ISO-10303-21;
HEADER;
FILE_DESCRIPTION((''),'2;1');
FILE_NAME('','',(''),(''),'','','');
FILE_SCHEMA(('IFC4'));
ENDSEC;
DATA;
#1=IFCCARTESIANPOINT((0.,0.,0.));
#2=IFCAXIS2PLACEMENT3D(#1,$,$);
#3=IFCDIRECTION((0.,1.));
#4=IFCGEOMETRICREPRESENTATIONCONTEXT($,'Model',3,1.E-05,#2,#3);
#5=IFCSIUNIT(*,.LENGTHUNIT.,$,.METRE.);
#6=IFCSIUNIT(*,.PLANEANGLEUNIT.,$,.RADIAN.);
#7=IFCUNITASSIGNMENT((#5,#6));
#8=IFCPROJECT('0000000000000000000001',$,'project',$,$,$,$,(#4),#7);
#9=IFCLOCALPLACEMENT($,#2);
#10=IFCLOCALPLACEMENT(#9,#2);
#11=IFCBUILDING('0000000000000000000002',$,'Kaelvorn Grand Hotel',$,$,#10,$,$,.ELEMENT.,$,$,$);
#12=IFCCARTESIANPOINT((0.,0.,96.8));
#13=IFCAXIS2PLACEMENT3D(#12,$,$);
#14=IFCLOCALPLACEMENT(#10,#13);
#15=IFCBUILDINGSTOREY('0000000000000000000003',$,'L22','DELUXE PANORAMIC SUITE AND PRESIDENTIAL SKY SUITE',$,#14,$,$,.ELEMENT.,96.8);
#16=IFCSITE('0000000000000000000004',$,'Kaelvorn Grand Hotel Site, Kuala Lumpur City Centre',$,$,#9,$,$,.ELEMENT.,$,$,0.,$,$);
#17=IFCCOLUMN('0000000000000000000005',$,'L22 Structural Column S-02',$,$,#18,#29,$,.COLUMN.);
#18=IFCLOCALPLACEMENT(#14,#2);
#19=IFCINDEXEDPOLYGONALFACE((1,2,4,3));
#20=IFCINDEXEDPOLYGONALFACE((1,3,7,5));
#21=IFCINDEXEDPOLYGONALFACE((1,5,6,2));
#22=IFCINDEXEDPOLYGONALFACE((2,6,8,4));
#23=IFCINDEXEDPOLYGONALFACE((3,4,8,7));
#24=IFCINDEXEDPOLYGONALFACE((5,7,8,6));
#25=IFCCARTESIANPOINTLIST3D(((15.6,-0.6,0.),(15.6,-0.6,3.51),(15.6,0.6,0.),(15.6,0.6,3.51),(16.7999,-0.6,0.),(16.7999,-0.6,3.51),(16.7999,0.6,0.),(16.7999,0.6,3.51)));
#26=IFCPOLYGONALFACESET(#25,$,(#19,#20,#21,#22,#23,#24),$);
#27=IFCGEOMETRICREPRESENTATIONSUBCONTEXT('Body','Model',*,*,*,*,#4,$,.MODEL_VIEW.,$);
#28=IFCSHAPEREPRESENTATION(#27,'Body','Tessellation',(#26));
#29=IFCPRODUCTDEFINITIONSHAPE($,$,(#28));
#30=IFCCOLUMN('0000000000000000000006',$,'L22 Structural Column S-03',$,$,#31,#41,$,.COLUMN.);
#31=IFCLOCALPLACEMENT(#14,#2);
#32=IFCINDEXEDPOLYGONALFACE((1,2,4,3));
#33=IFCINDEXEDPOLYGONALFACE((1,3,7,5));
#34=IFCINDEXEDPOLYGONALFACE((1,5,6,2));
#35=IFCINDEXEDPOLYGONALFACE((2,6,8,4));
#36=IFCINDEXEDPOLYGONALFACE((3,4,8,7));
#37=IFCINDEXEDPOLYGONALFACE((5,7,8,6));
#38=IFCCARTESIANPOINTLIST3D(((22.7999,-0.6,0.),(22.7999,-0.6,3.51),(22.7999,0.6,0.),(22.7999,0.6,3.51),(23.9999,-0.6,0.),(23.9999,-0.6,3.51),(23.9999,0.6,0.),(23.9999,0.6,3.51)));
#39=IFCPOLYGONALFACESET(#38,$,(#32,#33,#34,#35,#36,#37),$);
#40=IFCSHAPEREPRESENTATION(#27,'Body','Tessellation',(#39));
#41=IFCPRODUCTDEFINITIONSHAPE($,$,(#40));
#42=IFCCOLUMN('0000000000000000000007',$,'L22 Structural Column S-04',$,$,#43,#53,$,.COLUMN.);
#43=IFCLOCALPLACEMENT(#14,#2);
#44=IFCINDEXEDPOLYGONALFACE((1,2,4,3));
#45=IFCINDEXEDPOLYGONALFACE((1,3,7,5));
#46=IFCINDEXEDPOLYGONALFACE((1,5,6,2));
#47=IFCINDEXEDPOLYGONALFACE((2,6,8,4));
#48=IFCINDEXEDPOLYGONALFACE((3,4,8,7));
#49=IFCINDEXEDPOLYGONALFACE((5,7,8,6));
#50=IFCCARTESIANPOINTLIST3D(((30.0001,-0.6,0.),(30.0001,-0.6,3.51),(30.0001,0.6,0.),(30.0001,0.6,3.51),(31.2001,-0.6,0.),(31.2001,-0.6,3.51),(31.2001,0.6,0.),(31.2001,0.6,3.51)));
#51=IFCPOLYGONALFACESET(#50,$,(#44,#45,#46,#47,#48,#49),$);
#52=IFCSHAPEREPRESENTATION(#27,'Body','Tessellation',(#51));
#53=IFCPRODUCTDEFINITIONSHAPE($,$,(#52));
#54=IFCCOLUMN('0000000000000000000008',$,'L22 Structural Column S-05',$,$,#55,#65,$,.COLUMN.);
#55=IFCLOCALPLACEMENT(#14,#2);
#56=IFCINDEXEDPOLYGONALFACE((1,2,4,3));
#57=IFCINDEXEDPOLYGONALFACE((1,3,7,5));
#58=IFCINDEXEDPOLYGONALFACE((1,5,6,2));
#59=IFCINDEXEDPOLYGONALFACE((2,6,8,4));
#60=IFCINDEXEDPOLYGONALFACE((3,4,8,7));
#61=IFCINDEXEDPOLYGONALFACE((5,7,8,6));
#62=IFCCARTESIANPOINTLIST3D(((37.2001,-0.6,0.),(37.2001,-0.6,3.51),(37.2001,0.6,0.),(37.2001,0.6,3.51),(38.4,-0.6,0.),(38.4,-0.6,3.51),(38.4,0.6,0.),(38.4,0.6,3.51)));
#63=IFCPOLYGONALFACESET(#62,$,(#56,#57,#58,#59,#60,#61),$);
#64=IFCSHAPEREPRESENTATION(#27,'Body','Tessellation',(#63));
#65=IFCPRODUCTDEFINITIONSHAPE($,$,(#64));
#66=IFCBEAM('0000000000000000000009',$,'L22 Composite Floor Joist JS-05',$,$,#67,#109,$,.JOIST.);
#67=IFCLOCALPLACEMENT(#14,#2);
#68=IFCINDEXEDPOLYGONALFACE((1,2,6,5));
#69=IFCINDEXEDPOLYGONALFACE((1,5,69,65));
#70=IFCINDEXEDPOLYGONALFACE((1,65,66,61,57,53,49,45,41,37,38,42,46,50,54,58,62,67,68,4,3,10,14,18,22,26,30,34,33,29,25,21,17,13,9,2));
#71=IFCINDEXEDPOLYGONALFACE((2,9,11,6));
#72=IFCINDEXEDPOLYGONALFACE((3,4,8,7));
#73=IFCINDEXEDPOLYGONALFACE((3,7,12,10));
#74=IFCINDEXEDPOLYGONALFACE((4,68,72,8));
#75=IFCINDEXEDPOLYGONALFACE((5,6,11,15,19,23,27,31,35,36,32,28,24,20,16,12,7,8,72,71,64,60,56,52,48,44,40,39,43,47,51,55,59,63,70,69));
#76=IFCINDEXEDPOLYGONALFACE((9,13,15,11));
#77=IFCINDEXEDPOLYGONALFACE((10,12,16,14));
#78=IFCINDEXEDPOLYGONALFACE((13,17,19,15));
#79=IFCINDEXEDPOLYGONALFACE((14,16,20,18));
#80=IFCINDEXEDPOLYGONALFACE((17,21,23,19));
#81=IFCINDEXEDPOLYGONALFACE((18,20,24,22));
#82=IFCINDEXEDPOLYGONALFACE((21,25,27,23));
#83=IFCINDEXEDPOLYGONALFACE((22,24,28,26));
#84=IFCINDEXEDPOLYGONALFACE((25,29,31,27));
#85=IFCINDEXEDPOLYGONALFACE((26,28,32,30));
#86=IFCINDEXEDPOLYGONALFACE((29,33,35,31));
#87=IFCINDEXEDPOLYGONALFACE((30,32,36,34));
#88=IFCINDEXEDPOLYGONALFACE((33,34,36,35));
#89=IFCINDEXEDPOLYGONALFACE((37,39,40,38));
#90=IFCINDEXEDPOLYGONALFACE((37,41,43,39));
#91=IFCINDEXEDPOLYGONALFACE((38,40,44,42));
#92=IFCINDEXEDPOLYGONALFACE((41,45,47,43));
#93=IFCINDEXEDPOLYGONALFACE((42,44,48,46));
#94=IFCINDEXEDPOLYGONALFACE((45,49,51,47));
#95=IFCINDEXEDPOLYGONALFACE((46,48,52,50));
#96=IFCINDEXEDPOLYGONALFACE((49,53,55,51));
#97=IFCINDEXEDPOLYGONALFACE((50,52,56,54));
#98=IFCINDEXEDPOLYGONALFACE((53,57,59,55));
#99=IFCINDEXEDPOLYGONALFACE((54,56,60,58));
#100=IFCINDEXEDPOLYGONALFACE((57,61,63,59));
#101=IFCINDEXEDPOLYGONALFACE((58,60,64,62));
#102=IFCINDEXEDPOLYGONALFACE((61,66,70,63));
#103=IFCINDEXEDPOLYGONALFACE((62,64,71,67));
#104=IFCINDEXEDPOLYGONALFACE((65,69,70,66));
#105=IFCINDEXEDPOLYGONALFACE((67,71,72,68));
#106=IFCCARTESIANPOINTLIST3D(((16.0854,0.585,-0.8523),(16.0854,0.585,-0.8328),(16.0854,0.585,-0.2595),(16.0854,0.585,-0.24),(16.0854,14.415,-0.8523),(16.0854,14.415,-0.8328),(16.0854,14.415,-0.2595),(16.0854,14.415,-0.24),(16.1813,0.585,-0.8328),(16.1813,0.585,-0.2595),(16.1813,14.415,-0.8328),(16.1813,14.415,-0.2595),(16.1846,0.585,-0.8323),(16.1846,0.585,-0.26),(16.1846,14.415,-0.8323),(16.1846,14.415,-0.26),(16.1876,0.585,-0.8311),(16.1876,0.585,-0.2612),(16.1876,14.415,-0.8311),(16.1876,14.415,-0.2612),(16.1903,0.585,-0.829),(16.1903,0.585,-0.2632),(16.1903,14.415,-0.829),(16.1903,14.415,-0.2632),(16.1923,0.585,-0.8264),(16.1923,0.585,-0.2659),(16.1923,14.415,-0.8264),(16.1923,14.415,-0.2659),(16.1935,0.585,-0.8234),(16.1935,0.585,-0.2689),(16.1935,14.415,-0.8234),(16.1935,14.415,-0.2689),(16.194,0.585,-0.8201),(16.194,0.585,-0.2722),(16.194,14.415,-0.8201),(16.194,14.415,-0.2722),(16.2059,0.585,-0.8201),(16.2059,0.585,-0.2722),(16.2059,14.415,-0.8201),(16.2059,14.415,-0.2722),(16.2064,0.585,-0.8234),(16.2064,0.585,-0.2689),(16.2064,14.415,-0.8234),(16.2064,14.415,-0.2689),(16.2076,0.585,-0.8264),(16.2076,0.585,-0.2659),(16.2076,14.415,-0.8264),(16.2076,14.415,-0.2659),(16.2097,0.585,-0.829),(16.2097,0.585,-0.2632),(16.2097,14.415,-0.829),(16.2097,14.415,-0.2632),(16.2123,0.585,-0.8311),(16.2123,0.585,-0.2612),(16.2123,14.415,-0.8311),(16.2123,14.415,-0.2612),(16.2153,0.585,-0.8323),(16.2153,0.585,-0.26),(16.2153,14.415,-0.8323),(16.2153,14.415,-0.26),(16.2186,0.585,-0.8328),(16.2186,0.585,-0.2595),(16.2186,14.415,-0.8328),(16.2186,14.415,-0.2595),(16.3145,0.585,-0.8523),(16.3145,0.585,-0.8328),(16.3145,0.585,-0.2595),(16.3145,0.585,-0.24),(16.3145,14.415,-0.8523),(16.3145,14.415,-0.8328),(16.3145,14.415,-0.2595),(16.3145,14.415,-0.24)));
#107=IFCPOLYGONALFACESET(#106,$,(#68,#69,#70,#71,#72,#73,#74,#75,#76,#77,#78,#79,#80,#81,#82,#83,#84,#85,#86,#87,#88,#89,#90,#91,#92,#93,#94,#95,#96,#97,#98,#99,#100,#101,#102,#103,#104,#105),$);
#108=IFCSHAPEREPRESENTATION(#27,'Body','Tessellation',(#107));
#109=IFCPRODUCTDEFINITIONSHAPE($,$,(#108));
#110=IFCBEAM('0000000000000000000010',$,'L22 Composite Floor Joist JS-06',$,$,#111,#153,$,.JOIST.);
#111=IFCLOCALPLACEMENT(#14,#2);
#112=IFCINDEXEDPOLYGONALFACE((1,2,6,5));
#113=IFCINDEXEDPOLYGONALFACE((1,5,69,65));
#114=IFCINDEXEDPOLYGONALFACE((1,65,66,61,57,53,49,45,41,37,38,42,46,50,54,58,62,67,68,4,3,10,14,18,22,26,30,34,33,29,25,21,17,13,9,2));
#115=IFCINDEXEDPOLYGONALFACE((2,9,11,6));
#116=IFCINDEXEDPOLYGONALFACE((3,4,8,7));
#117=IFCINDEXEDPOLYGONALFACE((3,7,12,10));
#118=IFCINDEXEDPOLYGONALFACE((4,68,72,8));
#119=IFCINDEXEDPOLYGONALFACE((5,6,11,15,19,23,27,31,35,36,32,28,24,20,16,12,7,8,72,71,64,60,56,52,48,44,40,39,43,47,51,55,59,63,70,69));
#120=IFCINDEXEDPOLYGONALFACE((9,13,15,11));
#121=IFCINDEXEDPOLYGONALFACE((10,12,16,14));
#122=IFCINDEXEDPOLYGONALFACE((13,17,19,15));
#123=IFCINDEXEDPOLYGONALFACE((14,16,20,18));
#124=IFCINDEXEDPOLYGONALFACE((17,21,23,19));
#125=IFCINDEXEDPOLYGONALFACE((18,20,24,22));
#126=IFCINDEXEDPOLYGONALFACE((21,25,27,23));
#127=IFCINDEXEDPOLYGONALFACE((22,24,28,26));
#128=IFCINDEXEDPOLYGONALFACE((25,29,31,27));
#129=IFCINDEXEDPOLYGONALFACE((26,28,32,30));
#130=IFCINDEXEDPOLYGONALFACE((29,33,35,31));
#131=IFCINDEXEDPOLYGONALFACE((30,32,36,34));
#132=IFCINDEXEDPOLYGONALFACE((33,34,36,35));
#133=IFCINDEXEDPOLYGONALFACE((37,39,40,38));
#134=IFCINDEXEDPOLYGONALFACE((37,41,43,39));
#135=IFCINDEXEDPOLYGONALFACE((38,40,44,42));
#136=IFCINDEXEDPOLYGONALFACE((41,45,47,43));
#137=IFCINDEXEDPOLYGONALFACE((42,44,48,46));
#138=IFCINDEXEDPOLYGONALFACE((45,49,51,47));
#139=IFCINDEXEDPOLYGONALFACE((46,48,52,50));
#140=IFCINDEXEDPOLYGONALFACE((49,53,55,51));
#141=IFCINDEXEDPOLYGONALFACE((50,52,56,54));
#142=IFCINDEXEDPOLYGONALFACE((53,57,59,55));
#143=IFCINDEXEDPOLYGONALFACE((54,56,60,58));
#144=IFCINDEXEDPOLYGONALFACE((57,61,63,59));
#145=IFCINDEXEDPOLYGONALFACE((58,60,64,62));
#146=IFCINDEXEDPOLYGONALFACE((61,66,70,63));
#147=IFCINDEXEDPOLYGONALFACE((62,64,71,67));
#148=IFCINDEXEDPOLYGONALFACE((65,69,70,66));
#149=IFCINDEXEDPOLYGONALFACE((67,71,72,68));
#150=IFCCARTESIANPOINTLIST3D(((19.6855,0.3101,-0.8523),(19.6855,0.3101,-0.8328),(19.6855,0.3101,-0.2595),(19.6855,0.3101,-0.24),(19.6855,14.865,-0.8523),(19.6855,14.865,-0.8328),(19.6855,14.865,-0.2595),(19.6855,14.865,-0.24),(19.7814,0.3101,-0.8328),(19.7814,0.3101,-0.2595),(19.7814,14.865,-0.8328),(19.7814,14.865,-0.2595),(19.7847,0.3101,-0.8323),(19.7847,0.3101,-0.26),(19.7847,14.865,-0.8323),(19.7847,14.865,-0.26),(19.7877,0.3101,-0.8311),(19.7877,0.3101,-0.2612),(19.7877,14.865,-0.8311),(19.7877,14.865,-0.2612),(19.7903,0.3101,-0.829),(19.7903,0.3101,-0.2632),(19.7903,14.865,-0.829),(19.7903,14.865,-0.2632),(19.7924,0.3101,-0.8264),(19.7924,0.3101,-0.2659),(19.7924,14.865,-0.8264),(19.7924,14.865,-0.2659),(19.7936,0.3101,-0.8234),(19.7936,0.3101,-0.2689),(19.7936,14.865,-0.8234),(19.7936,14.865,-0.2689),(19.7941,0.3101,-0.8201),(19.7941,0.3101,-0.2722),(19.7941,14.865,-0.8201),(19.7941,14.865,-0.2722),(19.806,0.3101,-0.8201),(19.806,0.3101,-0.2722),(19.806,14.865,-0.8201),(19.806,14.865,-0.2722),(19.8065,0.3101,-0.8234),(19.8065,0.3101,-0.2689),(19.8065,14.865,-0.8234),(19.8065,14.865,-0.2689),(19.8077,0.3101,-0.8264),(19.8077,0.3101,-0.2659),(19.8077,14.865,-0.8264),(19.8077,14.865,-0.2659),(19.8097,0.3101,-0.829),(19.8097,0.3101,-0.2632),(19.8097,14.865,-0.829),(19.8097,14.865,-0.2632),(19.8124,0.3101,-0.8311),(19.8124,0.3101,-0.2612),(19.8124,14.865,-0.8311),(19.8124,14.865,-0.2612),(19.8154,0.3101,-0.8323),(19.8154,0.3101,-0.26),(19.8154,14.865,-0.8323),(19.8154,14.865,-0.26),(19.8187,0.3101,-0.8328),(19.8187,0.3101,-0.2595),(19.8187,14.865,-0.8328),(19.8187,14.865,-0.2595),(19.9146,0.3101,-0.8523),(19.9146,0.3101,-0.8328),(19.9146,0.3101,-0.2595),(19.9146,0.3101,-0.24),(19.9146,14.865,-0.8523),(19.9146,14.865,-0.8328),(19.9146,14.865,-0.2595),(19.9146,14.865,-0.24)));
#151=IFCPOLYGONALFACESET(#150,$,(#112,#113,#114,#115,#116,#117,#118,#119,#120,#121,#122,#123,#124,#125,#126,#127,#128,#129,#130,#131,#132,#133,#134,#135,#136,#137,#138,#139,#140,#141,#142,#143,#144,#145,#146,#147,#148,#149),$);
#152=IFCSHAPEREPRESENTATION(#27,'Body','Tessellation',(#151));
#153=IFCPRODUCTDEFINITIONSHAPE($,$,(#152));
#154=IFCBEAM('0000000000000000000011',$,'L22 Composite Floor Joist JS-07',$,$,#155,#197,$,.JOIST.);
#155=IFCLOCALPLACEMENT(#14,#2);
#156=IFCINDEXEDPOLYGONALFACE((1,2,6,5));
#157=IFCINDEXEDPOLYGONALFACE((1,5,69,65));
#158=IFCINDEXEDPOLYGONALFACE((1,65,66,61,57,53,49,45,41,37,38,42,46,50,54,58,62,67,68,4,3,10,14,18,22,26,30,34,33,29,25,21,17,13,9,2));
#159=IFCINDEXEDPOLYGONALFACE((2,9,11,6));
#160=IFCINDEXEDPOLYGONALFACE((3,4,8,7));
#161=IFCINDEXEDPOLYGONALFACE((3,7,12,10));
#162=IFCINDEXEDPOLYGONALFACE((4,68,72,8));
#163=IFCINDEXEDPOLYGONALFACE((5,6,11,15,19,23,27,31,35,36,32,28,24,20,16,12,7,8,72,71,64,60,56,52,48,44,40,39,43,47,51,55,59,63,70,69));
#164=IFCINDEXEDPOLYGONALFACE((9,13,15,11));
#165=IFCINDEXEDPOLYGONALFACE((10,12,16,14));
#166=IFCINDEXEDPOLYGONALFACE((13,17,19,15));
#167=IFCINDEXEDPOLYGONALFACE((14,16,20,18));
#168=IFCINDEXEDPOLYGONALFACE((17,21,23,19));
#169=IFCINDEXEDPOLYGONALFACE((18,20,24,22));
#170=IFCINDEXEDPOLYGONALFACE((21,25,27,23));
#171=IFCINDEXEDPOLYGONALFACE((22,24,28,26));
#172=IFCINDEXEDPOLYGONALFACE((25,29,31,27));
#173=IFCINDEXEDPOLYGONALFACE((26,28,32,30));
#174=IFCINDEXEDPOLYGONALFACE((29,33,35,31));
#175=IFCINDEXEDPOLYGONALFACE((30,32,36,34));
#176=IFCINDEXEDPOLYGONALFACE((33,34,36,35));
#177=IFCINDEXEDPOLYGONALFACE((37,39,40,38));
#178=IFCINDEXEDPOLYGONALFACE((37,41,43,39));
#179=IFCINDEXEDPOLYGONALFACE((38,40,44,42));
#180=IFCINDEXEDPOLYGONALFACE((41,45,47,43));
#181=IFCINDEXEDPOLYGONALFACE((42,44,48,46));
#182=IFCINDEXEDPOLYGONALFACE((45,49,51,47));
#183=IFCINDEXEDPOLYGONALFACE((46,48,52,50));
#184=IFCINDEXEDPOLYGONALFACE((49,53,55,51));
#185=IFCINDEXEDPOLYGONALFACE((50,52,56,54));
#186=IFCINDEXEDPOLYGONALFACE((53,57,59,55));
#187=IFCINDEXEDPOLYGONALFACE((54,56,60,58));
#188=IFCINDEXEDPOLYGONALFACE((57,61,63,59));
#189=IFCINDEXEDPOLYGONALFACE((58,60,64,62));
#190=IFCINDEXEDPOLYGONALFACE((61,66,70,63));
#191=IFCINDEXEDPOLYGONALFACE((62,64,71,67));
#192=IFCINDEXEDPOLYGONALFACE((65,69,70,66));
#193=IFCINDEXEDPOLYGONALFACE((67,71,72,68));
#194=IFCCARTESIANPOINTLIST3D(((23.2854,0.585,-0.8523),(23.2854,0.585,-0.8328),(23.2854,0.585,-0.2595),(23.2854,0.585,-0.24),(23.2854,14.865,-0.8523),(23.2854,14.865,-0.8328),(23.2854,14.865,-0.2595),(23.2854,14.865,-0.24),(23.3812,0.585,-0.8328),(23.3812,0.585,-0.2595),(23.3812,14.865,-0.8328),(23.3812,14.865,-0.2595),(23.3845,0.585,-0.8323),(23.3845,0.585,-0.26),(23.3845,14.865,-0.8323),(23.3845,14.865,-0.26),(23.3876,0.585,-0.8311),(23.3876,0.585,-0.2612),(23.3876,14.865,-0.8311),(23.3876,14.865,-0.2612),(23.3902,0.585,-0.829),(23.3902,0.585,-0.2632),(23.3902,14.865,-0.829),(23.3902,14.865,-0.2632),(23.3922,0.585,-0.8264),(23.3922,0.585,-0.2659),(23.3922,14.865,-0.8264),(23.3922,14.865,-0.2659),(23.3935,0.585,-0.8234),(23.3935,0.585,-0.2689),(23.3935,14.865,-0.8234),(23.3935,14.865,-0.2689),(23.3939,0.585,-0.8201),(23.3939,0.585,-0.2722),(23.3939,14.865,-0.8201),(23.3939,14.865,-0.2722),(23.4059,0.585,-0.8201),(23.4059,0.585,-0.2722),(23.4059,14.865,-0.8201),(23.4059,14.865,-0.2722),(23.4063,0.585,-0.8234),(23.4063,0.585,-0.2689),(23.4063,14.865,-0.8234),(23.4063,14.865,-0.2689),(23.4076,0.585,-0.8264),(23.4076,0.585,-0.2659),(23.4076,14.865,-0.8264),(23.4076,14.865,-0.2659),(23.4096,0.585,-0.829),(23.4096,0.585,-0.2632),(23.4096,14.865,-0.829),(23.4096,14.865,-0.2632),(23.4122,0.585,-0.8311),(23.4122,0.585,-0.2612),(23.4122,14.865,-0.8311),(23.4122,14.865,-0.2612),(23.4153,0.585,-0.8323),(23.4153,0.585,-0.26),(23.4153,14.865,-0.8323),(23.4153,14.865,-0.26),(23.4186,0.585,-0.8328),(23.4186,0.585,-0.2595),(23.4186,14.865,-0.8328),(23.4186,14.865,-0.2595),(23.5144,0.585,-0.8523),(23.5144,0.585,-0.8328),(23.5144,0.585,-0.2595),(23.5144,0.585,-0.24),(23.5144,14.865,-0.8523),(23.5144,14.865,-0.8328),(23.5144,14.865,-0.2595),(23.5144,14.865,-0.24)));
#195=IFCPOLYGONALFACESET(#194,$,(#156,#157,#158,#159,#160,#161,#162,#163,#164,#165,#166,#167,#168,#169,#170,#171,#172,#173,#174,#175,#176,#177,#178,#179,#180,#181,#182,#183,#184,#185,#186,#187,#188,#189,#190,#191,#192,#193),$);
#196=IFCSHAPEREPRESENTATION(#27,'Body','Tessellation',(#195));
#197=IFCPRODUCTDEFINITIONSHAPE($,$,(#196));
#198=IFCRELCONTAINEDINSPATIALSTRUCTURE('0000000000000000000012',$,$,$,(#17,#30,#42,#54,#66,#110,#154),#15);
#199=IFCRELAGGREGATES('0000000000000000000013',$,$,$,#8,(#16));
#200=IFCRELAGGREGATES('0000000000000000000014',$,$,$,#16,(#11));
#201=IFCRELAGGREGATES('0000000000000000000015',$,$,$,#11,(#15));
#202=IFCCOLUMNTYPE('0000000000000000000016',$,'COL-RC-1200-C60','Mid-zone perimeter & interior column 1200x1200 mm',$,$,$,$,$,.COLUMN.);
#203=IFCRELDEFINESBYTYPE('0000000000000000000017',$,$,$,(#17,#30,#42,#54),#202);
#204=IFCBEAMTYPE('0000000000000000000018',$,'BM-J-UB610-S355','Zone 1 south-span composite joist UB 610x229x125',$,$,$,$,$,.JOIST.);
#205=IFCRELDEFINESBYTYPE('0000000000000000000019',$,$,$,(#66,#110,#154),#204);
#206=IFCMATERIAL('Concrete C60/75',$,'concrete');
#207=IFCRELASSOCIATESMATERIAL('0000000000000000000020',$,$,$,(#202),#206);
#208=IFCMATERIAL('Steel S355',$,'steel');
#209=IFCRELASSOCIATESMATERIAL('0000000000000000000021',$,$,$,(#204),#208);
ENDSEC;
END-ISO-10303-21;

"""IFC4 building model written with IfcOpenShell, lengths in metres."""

from ifc_helpers import new_model, si_unit, direction, frame, origin, origin_2d, place, context, subcontext, project, spatial, rectangle, i_section, extrude, material, material_profile, profile_set, type_object, element, save


model = new_model("IFC4")

# Units and contexts
model_context = context("Model", 3, precision=1e-05, world=origin(), true_north=direction((0.0, 1.0)))
body_context = subcontext(model_context, "Body", "Model", "MODEL_VIEW")
ifc_project = project(units=[si_unit("LENGTHUNIT", "METRE"), si_unit("PLANEANGLEUNIT", "RADIAN")], contexts=[model_context])

# Site, building, storey
site_placement = place(None, origin())
site = spatial("IfcSite", under=ifc_project, at=site_placement, Name="Kaelvorn Grand Hotel Site, Kuala Lumpur City Centre", CompositionType="ELEMENT", RefElevation=0.0)
building_placement = place(site_placement, origin())
building = spatial("IfcBuilding", under=site, at=building_placement, Name="Kaelvorn Grand Hotel", CompositionType="ELEMENT")
storey_placement = place(building_placement, frame((0.0, 0.0, 96.8)))
storey = spatial("IfcBuildingStorey", under=building, at=storey_placement, Name="L22", Description="DELUXE PANORAMIC SUITE AND PRESIDENTIAL SKY SUITE", CompositionType="ELEMENT", Elevation=96.8)

# Columns
ifc_material_1 = material(Name="Concrete C60/75", Category="concrete")
ifc_material_profile_1 = material_profile(ifc_material_1, rectangle(XDim=1.2, YDim=1.2, at=origin_2d()), Name="RC COL 1200x1200")
ifc_profile_set_1 = profile_set([ifc_material_profile_1], Name="Concrete C60/75")
column_type = type_object("IfcColumnType", Name="COL-RC-1200-C60", Description="Mid-zone perimeter & interior column 1200x1200 mm", PredefinedType="COLUMN", material=ifc_profile_set_1)
for number, where, z_axis, x_axis, name in (
    (1, (16.2, 0.0, 0.0), (0.0, 0.0, 1.0), (1.0, 0.0, 0.0), "L22 Structural Column S-02"),
    (2, (23.3999, 0.0, 0.0), (0.0, 0.0, 1.0), (1.0, 0.0, 0.0), "L22 Structural Column S-03"),
    (3, (30.6001, 0.0, 0.0), (0.0, 0.0, 1.0), (1.0, 0.0, 0.0), "L22 Structural Column S-04"),
    (4, (37.8, 0.0, 0.0), (0.0, 0.0, 1.0), (1.0, 0.0, 0.0), "L22 Structural Column S-05"),
):
    element("IfcColumn", number, at=place(storey_placement, frame(where, z_axis=z_axis, x_axis=x_axis)), inside=storey, type_object=column_type, Name=name, PredefinedType="COLUMN", context=body_context, shape_type="SweptSolid", body=[
        extrude(rectangle(XDim=1.2, YDim=1.2, at=origin_2d()), origin(), (0.0, 0.0, 1.0), 3.51),
    ])

# Beams
ifc_material_2 = material(Name="Steel S355", Category="steel")
ifc_material_profile_2 = material_profile(ifc_material_2, i_section(OverallWidth=0.229, OverallDepth=0.6123, WebThickness=0.012, FlangeThickness=0.0195, FilletRadius=0.0127, at=origin_2d()), Name="UB 610x229x125")
ifc_profile_set_2 = profile_set([ifc_material_profile_2], Name="Steel S355")
beam_type_1 = type_object("IfcBeamType", Name="BM-J-UB610-S355", Description="Zone 1 south-span composite joist UB 610x229x125", PredefinedType="JOIST", material=ifc_profile_set_2)
beam_1_placement = place(storey_placement, frame((16.2, 0.585, -0.5461), z_axis=(0.0, 1.0, 0.0), x_axis=(-1.0, 0.0, 0.0)))
element("IfcBeam", 5, at=beam_1_placement, inside=storey, type_object=beam_type_1, Name="L22 Composite Floor Joist JS-05", PredefinedType="JOIST", context=body_context, shape_type="SweptSolid", body=[
    extrude(i_section(OverallWidth=0.229, OverallDepth=0.6123, WebThickness=0.012, FlangeThickness=0.0195, FilletRadius=0.0127, at=origin_2d()), origin(), (0.0, 0.0, 1.0), 13.8301),
])
beam_2_placement = place(storey_placement, frame((19.8, 0.3101, -0.5461), z_axis=(0.0, 1.0, 0.0), x_axis=(-1.0, 0.0, 0.0)))
element("IfcBeam", 6, at=beam_2_placement, inside=storey, type_object=beam_type_1, Name="L22 Composite Floor Joist JS-06", PredefinedType="JOIST", context=body_context, shape_type="SweptSolid", body=[
    extrude(i_section(OverallWidth=0.229, OverallDepth=0.6123, WebThickness=0.012, FlangeThickness=0.0195, FilletRadius=0.0127, at=origin_2d()), origin(), (0.0, 0.0, 1.0), 14.5549),
])
for number, where, z_axis, x_axis, name in (
    (7, (23.3999, 0.585, -0.5461), (0.0, 1.0, 0.0), (-1.0, 0.0, 0.0), "L22 Composite Floor Joist JS-07"),
):
    element("IfcBeam", number, at=place(storey_placement, frame(where, z_axis=z_axis, x_axis=x_axis)), inside=storey, type_object=beam_type_1, Name=name, PredefinedType="JOIST", context=body_context, shape_type="SweptSolid", body=[
        extrude(i_section(OverallWidth=0.229, OverallDepth=0.6123, WebThickness=0.012, FlangeThickness=0.0195, FilletRadius=0.0127, at=origin_2d()), origin(), (0.0, 0.0, 1.0), 14.28),
    ])

save(model, "model.ifc")
